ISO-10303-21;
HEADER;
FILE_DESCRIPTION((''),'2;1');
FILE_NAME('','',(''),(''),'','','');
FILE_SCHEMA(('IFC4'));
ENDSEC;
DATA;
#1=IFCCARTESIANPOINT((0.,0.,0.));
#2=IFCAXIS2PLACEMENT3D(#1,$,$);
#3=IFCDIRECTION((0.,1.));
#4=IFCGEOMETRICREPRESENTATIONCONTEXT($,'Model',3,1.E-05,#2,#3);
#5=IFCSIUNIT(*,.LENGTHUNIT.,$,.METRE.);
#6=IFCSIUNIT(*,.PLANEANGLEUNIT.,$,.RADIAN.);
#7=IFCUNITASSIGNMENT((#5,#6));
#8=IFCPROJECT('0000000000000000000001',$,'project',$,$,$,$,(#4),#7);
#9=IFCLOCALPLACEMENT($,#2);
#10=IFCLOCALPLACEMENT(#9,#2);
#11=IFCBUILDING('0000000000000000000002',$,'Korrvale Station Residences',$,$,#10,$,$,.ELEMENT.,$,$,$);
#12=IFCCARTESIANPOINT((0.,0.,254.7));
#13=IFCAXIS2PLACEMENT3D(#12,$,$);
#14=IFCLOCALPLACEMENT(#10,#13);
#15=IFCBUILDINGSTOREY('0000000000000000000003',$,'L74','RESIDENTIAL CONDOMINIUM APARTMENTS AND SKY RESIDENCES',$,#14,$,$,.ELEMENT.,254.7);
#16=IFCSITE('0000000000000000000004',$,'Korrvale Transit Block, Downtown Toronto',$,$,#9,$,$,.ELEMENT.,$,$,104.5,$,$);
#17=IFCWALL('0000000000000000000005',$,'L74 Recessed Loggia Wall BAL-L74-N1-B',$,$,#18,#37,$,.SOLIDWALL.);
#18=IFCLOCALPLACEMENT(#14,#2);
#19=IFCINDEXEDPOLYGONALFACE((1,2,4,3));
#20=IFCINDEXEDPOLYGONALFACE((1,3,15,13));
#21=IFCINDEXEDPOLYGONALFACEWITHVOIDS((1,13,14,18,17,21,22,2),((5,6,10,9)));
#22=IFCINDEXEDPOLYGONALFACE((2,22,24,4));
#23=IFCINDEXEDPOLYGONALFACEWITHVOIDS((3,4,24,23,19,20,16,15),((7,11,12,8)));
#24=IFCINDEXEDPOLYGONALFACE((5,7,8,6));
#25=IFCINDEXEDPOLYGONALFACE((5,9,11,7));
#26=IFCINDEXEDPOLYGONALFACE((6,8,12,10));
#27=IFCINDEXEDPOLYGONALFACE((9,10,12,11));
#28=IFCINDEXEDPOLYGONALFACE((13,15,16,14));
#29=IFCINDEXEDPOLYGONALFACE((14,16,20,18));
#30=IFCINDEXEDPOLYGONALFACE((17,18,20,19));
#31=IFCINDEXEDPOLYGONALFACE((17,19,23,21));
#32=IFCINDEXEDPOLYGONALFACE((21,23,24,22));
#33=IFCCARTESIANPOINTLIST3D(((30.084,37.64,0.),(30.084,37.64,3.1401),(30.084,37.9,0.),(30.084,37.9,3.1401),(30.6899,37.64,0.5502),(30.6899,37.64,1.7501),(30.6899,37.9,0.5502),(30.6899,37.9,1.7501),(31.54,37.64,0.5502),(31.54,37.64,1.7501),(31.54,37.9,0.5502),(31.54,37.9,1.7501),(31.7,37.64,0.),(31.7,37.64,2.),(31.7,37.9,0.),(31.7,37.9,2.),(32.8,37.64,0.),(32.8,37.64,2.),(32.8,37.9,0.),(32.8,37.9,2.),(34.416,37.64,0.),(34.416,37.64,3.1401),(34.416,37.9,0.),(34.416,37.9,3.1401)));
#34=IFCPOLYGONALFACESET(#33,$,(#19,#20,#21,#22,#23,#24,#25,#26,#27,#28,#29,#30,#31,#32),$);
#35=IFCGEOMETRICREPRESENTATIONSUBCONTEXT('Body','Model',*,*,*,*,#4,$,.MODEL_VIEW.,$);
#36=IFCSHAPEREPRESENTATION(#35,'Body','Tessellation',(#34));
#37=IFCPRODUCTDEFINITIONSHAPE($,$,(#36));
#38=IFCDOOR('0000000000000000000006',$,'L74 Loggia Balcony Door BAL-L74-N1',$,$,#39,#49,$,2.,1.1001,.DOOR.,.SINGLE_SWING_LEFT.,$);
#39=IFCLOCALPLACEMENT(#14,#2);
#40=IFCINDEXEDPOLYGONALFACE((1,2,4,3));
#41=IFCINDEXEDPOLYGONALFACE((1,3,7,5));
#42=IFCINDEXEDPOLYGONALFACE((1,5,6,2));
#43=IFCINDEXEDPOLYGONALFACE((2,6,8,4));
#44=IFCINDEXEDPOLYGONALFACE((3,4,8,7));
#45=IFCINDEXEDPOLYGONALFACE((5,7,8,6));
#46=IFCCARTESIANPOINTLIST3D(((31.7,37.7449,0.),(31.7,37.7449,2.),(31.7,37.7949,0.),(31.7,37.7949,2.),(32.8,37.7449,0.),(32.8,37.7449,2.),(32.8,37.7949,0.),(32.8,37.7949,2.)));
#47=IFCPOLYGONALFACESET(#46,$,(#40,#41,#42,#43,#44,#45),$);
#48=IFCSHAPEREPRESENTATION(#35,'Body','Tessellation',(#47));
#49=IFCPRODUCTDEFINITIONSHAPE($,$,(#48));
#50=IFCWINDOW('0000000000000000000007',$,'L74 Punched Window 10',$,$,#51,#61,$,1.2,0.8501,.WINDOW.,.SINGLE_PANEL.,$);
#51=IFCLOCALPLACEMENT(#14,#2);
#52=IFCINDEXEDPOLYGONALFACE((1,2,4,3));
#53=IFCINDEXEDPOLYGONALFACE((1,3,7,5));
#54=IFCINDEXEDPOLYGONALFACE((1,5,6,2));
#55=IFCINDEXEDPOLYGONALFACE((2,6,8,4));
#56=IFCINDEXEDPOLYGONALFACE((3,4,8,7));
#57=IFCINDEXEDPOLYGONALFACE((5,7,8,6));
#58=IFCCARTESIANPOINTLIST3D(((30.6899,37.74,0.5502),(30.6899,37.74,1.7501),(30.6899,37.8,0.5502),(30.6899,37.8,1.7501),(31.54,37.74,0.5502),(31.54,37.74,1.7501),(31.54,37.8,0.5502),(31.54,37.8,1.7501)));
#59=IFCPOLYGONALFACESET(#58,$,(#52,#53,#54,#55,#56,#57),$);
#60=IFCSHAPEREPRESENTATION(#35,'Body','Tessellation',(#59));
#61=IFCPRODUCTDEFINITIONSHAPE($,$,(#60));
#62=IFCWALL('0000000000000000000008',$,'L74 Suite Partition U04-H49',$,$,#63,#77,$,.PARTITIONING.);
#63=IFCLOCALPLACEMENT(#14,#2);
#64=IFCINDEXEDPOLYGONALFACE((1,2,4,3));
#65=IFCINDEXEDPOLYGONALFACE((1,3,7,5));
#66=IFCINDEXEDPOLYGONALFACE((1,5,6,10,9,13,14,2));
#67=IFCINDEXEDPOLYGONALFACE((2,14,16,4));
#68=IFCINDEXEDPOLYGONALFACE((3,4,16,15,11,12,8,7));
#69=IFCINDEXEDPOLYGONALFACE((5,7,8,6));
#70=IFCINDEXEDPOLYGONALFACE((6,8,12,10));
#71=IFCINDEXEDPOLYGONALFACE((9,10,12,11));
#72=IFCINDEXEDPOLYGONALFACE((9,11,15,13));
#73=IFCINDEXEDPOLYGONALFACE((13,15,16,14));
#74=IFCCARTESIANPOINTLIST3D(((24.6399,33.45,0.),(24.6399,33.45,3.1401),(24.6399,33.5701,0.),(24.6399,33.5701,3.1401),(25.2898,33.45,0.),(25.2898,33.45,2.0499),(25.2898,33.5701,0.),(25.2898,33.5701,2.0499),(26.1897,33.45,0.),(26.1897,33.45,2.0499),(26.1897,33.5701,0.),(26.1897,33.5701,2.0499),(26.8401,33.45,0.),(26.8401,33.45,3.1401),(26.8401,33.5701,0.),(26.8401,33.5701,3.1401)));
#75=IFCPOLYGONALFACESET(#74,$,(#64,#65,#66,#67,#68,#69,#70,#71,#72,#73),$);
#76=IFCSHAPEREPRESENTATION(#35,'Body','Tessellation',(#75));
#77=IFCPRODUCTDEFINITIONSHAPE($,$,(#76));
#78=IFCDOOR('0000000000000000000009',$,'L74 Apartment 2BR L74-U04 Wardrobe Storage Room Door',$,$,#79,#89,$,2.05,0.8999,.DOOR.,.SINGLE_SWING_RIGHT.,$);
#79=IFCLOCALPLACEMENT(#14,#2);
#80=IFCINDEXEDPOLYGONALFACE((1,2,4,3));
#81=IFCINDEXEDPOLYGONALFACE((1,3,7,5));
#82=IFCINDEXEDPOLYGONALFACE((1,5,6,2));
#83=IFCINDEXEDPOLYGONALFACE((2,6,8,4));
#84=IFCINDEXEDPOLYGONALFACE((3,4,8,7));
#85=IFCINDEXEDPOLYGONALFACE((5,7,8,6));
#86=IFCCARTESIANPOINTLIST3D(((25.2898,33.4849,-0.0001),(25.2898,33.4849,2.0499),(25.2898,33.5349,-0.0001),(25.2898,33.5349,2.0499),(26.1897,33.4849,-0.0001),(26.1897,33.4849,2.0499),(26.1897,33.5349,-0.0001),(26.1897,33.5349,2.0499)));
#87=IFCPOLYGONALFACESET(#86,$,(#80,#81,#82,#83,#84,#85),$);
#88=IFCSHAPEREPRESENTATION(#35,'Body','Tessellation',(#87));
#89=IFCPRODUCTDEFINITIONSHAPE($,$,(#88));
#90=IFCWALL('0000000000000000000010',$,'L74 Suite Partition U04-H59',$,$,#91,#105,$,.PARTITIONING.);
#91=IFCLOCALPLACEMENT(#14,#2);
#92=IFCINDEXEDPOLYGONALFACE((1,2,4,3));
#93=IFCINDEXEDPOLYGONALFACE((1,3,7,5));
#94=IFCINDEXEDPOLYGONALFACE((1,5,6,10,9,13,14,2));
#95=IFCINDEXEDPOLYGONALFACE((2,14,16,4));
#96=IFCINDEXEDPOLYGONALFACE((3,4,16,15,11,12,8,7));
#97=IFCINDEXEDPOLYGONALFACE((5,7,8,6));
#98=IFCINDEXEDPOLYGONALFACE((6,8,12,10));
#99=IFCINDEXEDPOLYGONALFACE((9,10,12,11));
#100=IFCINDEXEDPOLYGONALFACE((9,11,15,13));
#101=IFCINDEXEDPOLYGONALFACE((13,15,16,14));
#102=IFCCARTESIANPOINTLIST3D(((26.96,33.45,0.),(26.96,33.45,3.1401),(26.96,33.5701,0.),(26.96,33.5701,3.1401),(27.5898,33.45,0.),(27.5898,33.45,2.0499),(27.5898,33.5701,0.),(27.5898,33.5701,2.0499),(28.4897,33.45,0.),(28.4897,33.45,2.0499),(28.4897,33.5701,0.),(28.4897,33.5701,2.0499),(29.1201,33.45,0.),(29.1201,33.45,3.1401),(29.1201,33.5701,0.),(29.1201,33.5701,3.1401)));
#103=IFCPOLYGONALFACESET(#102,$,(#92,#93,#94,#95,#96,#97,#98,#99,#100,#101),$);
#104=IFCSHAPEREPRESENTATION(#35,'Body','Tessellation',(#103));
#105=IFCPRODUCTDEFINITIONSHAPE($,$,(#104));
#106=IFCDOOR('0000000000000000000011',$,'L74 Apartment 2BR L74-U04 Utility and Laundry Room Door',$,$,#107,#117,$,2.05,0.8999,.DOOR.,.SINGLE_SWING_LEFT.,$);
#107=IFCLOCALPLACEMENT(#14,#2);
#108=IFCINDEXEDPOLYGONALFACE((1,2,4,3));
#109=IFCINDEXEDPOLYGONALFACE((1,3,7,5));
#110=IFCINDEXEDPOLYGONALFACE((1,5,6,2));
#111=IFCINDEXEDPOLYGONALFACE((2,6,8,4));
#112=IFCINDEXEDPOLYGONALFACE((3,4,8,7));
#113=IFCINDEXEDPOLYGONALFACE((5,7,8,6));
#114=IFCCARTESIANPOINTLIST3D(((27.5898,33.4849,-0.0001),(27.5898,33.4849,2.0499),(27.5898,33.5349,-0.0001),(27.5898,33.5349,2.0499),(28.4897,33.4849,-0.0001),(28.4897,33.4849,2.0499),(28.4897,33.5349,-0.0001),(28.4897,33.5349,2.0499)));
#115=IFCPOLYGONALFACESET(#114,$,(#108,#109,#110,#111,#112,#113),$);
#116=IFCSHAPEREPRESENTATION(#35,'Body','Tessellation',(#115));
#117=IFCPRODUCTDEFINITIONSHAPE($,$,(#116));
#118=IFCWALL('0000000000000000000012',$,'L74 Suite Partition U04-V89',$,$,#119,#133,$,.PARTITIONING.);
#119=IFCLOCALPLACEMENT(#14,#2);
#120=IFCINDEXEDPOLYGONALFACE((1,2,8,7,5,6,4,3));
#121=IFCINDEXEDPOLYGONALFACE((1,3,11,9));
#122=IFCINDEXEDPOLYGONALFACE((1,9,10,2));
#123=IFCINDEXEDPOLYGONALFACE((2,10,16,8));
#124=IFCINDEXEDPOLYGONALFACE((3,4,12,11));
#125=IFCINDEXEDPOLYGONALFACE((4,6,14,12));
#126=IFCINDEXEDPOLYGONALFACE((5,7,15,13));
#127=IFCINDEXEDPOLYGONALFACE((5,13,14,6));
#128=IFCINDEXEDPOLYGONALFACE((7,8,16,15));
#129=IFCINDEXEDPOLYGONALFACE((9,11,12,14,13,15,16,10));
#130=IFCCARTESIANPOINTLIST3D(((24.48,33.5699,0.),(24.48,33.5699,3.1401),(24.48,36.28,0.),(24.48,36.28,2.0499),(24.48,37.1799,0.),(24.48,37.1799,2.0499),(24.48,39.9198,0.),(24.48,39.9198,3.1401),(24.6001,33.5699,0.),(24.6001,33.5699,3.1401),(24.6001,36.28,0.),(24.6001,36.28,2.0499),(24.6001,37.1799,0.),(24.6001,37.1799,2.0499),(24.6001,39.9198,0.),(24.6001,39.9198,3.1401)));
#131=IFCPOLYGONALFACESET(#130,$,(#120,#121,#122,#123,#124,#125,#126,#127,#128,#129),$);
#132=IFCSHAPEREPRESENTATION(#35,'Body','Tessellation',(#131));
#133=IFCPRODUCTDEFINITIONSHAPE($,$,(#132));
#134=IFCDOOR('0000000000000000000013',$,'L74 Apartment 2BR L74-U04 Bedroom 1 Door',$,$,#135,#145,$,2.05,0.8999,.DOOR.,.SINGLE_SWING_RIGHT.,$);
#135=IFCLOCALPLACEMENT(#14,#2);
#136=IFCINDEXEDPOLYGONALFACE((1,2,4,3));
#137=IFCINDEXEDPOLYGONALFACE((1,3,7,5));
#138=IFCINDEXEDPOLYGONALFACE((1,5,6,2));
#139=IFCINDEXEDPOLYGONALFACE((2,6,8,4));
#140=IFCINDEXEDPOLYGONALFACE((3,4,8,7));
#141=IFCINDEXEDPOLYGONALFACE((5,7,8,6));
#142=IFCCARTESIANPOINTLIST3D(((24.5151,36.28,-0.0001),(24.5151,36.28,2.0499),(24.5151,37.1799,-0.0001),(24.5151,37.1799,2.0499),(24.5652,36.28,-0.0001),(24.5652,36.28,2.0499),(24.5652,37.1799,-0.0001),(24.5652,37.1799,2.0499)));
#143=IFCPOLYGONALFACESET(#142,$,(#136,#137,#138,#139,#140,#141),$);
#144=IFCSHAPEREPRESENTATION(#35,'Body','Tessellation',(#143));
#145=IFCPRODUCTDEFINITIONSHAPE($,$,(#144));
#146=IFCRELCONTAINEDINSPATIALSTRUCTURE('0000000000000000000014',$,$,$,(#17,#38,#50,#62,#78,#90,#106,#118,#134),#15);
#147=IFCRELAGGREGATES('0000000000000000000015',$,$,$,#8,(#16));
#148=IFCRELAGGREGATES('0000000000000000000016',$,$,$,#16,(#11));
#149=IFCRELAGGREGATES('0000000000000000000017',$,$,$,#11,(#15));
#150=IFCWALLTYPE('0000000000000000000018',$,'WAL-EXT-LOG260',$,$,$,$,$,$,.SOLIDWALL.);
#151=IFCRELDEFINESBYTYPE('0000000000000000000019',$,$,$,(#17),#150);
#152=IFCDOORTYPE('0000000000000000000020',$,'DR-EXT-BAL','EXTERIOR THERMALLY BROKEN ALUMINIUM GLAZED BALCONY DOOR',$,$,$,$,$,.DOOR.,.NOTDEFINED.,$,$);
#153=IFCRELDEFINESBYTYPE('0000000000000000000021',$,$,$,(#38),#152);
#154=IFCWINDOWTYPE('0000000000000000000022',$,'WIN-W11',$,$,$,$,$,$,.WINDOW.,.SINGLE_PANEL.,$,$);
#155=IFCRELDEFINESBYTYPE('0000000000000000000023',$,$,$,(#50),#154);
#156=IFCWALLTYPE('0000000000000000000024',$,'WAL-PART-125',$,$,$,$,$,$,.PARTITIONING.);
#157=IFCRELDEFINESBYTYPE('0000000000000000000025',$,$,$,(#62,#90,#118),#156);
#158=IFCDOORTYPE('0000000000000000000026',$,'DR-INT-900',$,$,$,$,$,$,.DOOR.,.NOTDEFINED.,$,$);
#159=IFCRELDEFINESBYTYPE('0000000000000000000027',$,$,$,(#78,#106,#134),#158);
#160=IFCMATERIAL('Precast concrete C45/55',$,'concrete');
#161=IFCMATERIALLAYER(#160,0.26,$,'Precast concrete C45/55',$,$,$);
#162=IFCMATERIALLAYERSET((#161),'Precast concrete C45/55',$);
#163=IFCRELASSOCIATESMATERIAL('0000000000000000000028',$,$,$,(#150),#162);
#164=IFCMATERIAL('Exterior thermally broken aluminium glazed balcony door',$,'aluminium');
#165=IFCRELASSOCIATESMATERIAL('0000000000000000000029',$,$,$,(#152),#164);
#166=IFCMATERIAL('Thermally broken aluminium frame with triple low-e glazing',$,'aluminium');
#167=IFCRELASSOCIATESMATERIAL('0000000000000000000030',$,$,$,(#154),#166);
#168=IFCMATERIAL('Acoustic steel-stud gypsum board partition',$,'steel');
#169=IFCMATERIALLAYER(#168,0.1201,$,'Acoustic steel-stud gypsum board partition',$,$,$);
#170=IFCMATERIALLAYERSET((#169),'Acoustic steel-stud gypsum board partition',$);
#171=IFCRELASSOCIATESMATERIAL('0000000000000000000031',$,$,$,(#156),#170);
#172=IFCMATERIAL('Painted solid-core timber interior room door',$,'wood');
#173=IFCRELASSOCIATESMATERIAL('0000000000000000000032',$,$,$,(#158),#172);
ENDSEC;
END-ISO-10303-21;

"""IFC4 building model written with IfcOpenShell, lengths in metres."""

from ifc_helpers import new_model, si_unit, direction, frame, frame_2d, origin, place, context, subcontext, project, spatial, rectangle, extrude, material, layer, layer_set, type_object, element, fill, save


model = new_model("IFC4")

# Units and contexts
model_context = context("Model", 3, precision=1e-05, world=origin(), true_north=direction((0.0, 1.0)))
body_context = subcontext(model_context, "Body", "Model", "MODEL_VIEW")
ifc_project = project(units=[si_unit("LENGTHUNIT", "METRE"), si_unit("PLANEANGLEUNIT", "RADIAN")], contexts=[model_context])

# Site, building, storey
site_placement = place(None, origin())
site = spatial("IfcSite", under=ifc_project, at=site_placement, Name="Korrvale Transit Block, Downtown Toronto", CompositionType="ELEMENT", RefElevation=104.5)
building_placement = place(site_placement, origin())
building = spatial("IfcBuilding", under=site, at=building_placement, Name="Korrvale Station Residences", CompositionType="ELEMENT")
storey_placement = place(building_placement, frame((0.0, 0.0, 254.7)))
storey = spatial("IfcBuildingStorey", under=building, at=storey_placement, Name="L74", Description="RESIDENTIAL CONDOMINIUM APARTMENTS AND SKY RESIDENCES", CompositionType="ELEMENT", Elevation=254.7)

# Shared definitions
ifc_material_1 = material(Name="Precast concrete C45/55", Category="concrete")
ifc_layer_1 = layer(ifc_material_1, 0.26, Name="Precast concrete C45/55")
ifc_layer_set_1 = layer_set([ifc_layer_1], Name="Precast concrete C45/55")
wall_type_1 = type_object("IfcWallType", Name="WAL-EXT-LOG260", PredefinedType="SOLIDWALL", material=ifc_layer_set_1)

# Wall, openings, door, window
wall_1_placement = place(storey_placement, frame((30.084, 37.77, 0.0), z_axis=(0.0, 0.0, 1.0), x_axis=(1.0, 0.0, 0.0)))
wall_1 = element("IfcWall", 1, at=wall_1_placement, inside=storey, type_object=wall_type_1, Name="L74 Recessed Loggia Wall BAL-L74-N1-B", PredefinedType="SOLIDWALL", context=body_context, shape_type="SweptSolid", body=[
    extrude(rectangle(XDim=4.332, YDim=0.26, at=frame_2d((2.166, 0.0))), origin(), (0.0, 0.0, 1.0), 3.1401),
])
opening_1_placement = place(wall_1_placement, frame((1.616, 0.0, 0.0)))
opening_1 = element("IfcOpeningElement", 2, at=opening_1_placement, cuts=wall_1, PredefinedType="OPENING", context=body_context, shape_type="SweptSolid", body=[
    extrude(rectangle(XDim=1.1001, YDim=2.0, at=frame_2d((0.55, 1.0))), frame((0.0, 0.1401, 0.0), z_axis=(0.0, -1.0, 0.0), x_axis=(1.0, 0.0, 0.0)), (0.0, 0.0, 1.0), 0.28),
])
opening_2_placement = place(wall_1_placement, frame((0.606, 0.0, 0.55)))
opening_2 = element("IfcOpeningElement", 3, at=opening_2_placement, cuts=wall_1, PredefinedType="OPENING", context=body_context, shape_type="SweptSolid", body=[
    extrude(rectangle(XDim=0.8501, YDim=1.2, at=frame_2d((0.425, 0.6001))), frame((0.0, 0.1401, 0.0), z_axis=(0.0, -1.0, 0.0), x_axis=(1.0, 0.0, 0.0)), (0.0, 0.0, 1.0), 0.28),
])
ifc_material_2 = material(Name="Exterior thermally broken aluminium glazed balcony door", Category="aluminium")
door_type_1 = type_object("IfcDoorType", Name="DR-EXT-BAL", Description="EXTERIOR THERMALLY BROKEN ALUMINIUM GLAZED BALCONY DOOR", OperationType="NOTDEFINED", PredefinedType="DOOR", material=ifc_material_2)
door_1_placement = place(opening_1_placement, origin())
door_1 = element("IfcDoor", 4, at=door_1_placement, inside=storey, type_object=door_type_1, Name="L74 Loggia Balcony Door BAL-L74-N1", OperationType="SINGLE_SWING_LEFT", OverallHeight=2.0, OverallWidth=1.1001, PredefinedType="DOOR", context=body_context, shape_type="SweptSolid", body=[
    extrude(rectangle(XDim=1.1001, YDim=2.0, at=frame_2d((0.55, 1.0))), frame((0.0, 0.0249, 0.0), z_axis=(0.0, -1.0, 0.0), x_axis=(1.0, 0.0, 0.0)), (0.0, 0.0, 1.0), 0.05),
])
fill(opening_1, door_1)
ifc_material_3 = material(Name="Thermally broken aluminium frame with triple low-e glazing", Category="aluminium")
window_type = type_object("IfcWindowType", Name="WIN-W11", PartitioningType="SINGLE_PANEL", PredefinedType="WINDOW", material=ifc_material_3)
window_placement = place(opening_2_placement, origin())
window = element("IfcWindow", 5, at=window_placement, inside=storey, type_object=window_type, Name="L74 Punched Window 10", OverallHeight=1.2, OverallWidth=0.8501, PartitioningType="SINGLE_PANEL", PredefinedType="WINDOW", context=body_context, shape_type="SweptSolid", body=[
    extrude(rectangle(XDim=0.8501, YDim=1.2, at=frame_2d((0.425, 0.6001))), frame((0.0, 0.03, 0.0), z_axis=(0.0, -1.0, 0.0), x_axis=(1.0, 0.0, 0.0)), (0.0, 0.0, 1.0), 0.0601),
])
fill(opening_2, window)

# Walls, openings, doors
ifc_material_4 = material(Name="Acoustic steel-stud gypsum board partition", Category="steel")
ifc_layer_2 = layer(ifc_material_4, 0.1201, Name="Acoustic steel-stud gypsum board partition")
ifc_layer_set_2 = layer_set([ifc_layer_2], Name="Acoustic steel-stud gypsum board partition")
wall_type_2 = type_object("IfcWallType", Name="WAL-PART-125", PredefinedType="PARTITIONING", material=ifc_layer_set_2)
wall_2_placement = place(storey_placement, frame((24.6399, 33.51, 0.0), z_axis=(0.0, 0.0, 1.0), x_axis=(1.0, 0.0, 0.0)))
wall_2 = element("IfcWall", 6, at=wall_2_placement, inside=storey, type_object=wall_type_2, Name="L74 Suite Partition U04-H49", PredefinedType="PARTITIONING", context=body_context, shape_type="SweptSolid", body=[
    extrude(rectangle(XDim=2.2002, YDim=0.1201, at=frame_2d((1.1001, 0.0))), origin(), (0.0, 0.0, 1.0), 3.1401),
])
opening_3_placement = place(wall_2_placement, frame((0.6499, 0.0, 0.0)))
opening_3 = element("IfcOpeningElement", 7, at=opening_3_placement, cuts=wall_2, PredefinedType="OPENING", context=body_context, shape_type="SweptSolid", body=[
    extrude(rectangle(XDim=0.8999, YDim=2.05, at=frame_2d((0.45, 1.0249))), frame((0.0, 0.0701, 0.0), z_axis=(0.0, -1.0, 0.0), x_axis=(1.0, 0.0, 0.0)), (0.0, 0.0, 1.0), 0.1401),
])
ifc_material_5 = material(Name="Painted solid-core timber interior room door", Category="wood")
door_type_2 = type_object("IfcDoorType", Name="DR-INT-900", OperationType="NOTDEFINED", PredefinedType="DOOR", material=ifc_material_5)
door_2_placement = place(opening_3_placement, origin())
door_2 = element("IfcDoor", 8, at=door_2_placement, inside=storey, type_object=door_type_2, Name="L74 Apartment 2BR L74-U04 Wardrobe Storage Room Door", OperationType="SINGLE_SWING_RIGHT", OverallHeight=2.05, OverallWidth=0.8999, PredefinedType="DOOR", context=body_context, shape_type="SweptSolid", body=[
    extrude(rectangle(XDim=0.8999, YDim=2.05, at=frame_2d((0.45, 1.0249))), frame((0.0, 0.0249, 0.0), z_axis=(0.0, -1.0, 0.0), x_axis=(1.0, 0.0, 0.0)), (0.0, 0.0, 1.0), 0.05),
])
fill(opening_3, door_2)
wall_3_placement = place(storey_placement, frame((26.96, 33.51, 0.0), z_axis=(0.0, 0.0, 1.0), x_axis=(1.0, 0.0, 0.0)))
wall_3 = element("IfcWall", 9, at=wall_3_placement, inside=storey, type_object=wall_type_2, Name="L74 Suite Partition U04-H59", PredefinedType="PARTITIONING", context=body_context, shape_type="SweptSolid", body=[
    extrude(rectangle(XDim=2.1602, YDim=0.1201, at=frame_2d((1.0801, 0.0))), origin(), (0.0, 0.0, 1.0), 3.1401),
])
opening_4_placement = place(wall_3_placement, frame((0.6299, 0.0, 0.0)))
opening_4 = element("IfcOpeningElement", 10, at=opening_4_placement, cuts=wall_3, PredefinedType="OPENING", context=body_context, shape_type="SweptSolid", body=[
    extrude(rectangle(XDim=0.8999, YDim=2.05, at=frame_2d((0.45, 1.0249))), frame((0.0, 0.0701, 0.0), z_axis=(0.0, -1.0, 0.0), x_axis=(1.0, 0.0, 0.0)), (0.0, 0.0, 1.0), 0.1401),
])
door_3_placement = place(opening_4_placement, origin())
door_3 = element("IfcDoor", 11, at=door_3_placement, inside=storey, type_object=door_type_2, Name="L74 Apartment 2BR L74-U04 Utility and Laundry Room Door", OperationType="SINGLE_SWING_LEFT", OverallHeight=2.05, OverallWidth=0.8999, PredefinedType="DOOR", context=body_context, shape_type="SweptSolid", body=[
    extrude(rectangle(XDim=0.8999, YDim=2.05, at=frame_2d((0.45, 1.0249))), frame((0.0, 0.0249, 0.0), z_axis=(0.0, -1.0, 0.0), x_axis=(1.0, 0.0, 0.0)), (0.0, 0.0, 1.0), 0.05),
])
fill(opening_4, door_3)
wall_4_placement = place(storey_placement, frame((24.54, 33.5701, 0.0), z_axis=(0.0, 0.0, 1.0), x_axis=(0.0, 1.0, 0.0)))
wall_4 = element("IfcWall", 12, at=wall_4_placement, inside=storey, type_object=wall_type_2, Name="L74 Suite Partition U04-V89", PredefinedType="PARTITIONING", context=body_context, shape_type="SweptSolid", body=[
    extrude(rectangle(XDim=6.3499, YDim=0.1201, at=frame_2d((3.1748, 0.0))), origin(), (0.0, 0.0, 1.0), 3.1401),
])
opening_5_placement = place(wall_4_placement, frame((2.71, 0.0, 0.0)))
opening_5 = element("IfcOpeningElement", 13, at=opening_5_placement, cuts=wall_4, PredefinedType="OPENING", context=body_context, shape_type="SweptSolid", body=[
    extrude(rectangle(XDim=0.8999, YDim=2.05, at=frame_2d((0.45, 1.0249))), frame((0.0, 0.0701, 0.0), z_axis=(0.0, -1.0, 0.0), x_axis=(1.0, 0.0, 0.0)), (0.0, 0.0, 1.0), 0.1401),
])
door_4_placement = place(opening_5_placement, origin())
door_4 = element("IfcDoor", 14, at=door_4_placement, inside=storey, type_object=door_type_2, Name="L74 Apartment 2BR L74-U04 Bedroom 1 Door", OperationType="SINGLE_SWING_RIGHT", OverallHeight=2.05, OverallWidth=0.8999, PredefinedType="DOOR", context=body_context, shape_type="SweptSolid", body=[
    extrude(rectangle(XDim=0.8999, YDim=2.05, at=frame_2d((0.45, 1.0249))), frame((0.0, 0.0249, 0.0), z_axis=(0.0, -1.0, 0.0), x_axis=(1.0, 0.0, 0.0)), (0.0, 0.0, 1.0), 0.05),
])
fill(opening_5, door_4)

save(model, "model.ifc")
